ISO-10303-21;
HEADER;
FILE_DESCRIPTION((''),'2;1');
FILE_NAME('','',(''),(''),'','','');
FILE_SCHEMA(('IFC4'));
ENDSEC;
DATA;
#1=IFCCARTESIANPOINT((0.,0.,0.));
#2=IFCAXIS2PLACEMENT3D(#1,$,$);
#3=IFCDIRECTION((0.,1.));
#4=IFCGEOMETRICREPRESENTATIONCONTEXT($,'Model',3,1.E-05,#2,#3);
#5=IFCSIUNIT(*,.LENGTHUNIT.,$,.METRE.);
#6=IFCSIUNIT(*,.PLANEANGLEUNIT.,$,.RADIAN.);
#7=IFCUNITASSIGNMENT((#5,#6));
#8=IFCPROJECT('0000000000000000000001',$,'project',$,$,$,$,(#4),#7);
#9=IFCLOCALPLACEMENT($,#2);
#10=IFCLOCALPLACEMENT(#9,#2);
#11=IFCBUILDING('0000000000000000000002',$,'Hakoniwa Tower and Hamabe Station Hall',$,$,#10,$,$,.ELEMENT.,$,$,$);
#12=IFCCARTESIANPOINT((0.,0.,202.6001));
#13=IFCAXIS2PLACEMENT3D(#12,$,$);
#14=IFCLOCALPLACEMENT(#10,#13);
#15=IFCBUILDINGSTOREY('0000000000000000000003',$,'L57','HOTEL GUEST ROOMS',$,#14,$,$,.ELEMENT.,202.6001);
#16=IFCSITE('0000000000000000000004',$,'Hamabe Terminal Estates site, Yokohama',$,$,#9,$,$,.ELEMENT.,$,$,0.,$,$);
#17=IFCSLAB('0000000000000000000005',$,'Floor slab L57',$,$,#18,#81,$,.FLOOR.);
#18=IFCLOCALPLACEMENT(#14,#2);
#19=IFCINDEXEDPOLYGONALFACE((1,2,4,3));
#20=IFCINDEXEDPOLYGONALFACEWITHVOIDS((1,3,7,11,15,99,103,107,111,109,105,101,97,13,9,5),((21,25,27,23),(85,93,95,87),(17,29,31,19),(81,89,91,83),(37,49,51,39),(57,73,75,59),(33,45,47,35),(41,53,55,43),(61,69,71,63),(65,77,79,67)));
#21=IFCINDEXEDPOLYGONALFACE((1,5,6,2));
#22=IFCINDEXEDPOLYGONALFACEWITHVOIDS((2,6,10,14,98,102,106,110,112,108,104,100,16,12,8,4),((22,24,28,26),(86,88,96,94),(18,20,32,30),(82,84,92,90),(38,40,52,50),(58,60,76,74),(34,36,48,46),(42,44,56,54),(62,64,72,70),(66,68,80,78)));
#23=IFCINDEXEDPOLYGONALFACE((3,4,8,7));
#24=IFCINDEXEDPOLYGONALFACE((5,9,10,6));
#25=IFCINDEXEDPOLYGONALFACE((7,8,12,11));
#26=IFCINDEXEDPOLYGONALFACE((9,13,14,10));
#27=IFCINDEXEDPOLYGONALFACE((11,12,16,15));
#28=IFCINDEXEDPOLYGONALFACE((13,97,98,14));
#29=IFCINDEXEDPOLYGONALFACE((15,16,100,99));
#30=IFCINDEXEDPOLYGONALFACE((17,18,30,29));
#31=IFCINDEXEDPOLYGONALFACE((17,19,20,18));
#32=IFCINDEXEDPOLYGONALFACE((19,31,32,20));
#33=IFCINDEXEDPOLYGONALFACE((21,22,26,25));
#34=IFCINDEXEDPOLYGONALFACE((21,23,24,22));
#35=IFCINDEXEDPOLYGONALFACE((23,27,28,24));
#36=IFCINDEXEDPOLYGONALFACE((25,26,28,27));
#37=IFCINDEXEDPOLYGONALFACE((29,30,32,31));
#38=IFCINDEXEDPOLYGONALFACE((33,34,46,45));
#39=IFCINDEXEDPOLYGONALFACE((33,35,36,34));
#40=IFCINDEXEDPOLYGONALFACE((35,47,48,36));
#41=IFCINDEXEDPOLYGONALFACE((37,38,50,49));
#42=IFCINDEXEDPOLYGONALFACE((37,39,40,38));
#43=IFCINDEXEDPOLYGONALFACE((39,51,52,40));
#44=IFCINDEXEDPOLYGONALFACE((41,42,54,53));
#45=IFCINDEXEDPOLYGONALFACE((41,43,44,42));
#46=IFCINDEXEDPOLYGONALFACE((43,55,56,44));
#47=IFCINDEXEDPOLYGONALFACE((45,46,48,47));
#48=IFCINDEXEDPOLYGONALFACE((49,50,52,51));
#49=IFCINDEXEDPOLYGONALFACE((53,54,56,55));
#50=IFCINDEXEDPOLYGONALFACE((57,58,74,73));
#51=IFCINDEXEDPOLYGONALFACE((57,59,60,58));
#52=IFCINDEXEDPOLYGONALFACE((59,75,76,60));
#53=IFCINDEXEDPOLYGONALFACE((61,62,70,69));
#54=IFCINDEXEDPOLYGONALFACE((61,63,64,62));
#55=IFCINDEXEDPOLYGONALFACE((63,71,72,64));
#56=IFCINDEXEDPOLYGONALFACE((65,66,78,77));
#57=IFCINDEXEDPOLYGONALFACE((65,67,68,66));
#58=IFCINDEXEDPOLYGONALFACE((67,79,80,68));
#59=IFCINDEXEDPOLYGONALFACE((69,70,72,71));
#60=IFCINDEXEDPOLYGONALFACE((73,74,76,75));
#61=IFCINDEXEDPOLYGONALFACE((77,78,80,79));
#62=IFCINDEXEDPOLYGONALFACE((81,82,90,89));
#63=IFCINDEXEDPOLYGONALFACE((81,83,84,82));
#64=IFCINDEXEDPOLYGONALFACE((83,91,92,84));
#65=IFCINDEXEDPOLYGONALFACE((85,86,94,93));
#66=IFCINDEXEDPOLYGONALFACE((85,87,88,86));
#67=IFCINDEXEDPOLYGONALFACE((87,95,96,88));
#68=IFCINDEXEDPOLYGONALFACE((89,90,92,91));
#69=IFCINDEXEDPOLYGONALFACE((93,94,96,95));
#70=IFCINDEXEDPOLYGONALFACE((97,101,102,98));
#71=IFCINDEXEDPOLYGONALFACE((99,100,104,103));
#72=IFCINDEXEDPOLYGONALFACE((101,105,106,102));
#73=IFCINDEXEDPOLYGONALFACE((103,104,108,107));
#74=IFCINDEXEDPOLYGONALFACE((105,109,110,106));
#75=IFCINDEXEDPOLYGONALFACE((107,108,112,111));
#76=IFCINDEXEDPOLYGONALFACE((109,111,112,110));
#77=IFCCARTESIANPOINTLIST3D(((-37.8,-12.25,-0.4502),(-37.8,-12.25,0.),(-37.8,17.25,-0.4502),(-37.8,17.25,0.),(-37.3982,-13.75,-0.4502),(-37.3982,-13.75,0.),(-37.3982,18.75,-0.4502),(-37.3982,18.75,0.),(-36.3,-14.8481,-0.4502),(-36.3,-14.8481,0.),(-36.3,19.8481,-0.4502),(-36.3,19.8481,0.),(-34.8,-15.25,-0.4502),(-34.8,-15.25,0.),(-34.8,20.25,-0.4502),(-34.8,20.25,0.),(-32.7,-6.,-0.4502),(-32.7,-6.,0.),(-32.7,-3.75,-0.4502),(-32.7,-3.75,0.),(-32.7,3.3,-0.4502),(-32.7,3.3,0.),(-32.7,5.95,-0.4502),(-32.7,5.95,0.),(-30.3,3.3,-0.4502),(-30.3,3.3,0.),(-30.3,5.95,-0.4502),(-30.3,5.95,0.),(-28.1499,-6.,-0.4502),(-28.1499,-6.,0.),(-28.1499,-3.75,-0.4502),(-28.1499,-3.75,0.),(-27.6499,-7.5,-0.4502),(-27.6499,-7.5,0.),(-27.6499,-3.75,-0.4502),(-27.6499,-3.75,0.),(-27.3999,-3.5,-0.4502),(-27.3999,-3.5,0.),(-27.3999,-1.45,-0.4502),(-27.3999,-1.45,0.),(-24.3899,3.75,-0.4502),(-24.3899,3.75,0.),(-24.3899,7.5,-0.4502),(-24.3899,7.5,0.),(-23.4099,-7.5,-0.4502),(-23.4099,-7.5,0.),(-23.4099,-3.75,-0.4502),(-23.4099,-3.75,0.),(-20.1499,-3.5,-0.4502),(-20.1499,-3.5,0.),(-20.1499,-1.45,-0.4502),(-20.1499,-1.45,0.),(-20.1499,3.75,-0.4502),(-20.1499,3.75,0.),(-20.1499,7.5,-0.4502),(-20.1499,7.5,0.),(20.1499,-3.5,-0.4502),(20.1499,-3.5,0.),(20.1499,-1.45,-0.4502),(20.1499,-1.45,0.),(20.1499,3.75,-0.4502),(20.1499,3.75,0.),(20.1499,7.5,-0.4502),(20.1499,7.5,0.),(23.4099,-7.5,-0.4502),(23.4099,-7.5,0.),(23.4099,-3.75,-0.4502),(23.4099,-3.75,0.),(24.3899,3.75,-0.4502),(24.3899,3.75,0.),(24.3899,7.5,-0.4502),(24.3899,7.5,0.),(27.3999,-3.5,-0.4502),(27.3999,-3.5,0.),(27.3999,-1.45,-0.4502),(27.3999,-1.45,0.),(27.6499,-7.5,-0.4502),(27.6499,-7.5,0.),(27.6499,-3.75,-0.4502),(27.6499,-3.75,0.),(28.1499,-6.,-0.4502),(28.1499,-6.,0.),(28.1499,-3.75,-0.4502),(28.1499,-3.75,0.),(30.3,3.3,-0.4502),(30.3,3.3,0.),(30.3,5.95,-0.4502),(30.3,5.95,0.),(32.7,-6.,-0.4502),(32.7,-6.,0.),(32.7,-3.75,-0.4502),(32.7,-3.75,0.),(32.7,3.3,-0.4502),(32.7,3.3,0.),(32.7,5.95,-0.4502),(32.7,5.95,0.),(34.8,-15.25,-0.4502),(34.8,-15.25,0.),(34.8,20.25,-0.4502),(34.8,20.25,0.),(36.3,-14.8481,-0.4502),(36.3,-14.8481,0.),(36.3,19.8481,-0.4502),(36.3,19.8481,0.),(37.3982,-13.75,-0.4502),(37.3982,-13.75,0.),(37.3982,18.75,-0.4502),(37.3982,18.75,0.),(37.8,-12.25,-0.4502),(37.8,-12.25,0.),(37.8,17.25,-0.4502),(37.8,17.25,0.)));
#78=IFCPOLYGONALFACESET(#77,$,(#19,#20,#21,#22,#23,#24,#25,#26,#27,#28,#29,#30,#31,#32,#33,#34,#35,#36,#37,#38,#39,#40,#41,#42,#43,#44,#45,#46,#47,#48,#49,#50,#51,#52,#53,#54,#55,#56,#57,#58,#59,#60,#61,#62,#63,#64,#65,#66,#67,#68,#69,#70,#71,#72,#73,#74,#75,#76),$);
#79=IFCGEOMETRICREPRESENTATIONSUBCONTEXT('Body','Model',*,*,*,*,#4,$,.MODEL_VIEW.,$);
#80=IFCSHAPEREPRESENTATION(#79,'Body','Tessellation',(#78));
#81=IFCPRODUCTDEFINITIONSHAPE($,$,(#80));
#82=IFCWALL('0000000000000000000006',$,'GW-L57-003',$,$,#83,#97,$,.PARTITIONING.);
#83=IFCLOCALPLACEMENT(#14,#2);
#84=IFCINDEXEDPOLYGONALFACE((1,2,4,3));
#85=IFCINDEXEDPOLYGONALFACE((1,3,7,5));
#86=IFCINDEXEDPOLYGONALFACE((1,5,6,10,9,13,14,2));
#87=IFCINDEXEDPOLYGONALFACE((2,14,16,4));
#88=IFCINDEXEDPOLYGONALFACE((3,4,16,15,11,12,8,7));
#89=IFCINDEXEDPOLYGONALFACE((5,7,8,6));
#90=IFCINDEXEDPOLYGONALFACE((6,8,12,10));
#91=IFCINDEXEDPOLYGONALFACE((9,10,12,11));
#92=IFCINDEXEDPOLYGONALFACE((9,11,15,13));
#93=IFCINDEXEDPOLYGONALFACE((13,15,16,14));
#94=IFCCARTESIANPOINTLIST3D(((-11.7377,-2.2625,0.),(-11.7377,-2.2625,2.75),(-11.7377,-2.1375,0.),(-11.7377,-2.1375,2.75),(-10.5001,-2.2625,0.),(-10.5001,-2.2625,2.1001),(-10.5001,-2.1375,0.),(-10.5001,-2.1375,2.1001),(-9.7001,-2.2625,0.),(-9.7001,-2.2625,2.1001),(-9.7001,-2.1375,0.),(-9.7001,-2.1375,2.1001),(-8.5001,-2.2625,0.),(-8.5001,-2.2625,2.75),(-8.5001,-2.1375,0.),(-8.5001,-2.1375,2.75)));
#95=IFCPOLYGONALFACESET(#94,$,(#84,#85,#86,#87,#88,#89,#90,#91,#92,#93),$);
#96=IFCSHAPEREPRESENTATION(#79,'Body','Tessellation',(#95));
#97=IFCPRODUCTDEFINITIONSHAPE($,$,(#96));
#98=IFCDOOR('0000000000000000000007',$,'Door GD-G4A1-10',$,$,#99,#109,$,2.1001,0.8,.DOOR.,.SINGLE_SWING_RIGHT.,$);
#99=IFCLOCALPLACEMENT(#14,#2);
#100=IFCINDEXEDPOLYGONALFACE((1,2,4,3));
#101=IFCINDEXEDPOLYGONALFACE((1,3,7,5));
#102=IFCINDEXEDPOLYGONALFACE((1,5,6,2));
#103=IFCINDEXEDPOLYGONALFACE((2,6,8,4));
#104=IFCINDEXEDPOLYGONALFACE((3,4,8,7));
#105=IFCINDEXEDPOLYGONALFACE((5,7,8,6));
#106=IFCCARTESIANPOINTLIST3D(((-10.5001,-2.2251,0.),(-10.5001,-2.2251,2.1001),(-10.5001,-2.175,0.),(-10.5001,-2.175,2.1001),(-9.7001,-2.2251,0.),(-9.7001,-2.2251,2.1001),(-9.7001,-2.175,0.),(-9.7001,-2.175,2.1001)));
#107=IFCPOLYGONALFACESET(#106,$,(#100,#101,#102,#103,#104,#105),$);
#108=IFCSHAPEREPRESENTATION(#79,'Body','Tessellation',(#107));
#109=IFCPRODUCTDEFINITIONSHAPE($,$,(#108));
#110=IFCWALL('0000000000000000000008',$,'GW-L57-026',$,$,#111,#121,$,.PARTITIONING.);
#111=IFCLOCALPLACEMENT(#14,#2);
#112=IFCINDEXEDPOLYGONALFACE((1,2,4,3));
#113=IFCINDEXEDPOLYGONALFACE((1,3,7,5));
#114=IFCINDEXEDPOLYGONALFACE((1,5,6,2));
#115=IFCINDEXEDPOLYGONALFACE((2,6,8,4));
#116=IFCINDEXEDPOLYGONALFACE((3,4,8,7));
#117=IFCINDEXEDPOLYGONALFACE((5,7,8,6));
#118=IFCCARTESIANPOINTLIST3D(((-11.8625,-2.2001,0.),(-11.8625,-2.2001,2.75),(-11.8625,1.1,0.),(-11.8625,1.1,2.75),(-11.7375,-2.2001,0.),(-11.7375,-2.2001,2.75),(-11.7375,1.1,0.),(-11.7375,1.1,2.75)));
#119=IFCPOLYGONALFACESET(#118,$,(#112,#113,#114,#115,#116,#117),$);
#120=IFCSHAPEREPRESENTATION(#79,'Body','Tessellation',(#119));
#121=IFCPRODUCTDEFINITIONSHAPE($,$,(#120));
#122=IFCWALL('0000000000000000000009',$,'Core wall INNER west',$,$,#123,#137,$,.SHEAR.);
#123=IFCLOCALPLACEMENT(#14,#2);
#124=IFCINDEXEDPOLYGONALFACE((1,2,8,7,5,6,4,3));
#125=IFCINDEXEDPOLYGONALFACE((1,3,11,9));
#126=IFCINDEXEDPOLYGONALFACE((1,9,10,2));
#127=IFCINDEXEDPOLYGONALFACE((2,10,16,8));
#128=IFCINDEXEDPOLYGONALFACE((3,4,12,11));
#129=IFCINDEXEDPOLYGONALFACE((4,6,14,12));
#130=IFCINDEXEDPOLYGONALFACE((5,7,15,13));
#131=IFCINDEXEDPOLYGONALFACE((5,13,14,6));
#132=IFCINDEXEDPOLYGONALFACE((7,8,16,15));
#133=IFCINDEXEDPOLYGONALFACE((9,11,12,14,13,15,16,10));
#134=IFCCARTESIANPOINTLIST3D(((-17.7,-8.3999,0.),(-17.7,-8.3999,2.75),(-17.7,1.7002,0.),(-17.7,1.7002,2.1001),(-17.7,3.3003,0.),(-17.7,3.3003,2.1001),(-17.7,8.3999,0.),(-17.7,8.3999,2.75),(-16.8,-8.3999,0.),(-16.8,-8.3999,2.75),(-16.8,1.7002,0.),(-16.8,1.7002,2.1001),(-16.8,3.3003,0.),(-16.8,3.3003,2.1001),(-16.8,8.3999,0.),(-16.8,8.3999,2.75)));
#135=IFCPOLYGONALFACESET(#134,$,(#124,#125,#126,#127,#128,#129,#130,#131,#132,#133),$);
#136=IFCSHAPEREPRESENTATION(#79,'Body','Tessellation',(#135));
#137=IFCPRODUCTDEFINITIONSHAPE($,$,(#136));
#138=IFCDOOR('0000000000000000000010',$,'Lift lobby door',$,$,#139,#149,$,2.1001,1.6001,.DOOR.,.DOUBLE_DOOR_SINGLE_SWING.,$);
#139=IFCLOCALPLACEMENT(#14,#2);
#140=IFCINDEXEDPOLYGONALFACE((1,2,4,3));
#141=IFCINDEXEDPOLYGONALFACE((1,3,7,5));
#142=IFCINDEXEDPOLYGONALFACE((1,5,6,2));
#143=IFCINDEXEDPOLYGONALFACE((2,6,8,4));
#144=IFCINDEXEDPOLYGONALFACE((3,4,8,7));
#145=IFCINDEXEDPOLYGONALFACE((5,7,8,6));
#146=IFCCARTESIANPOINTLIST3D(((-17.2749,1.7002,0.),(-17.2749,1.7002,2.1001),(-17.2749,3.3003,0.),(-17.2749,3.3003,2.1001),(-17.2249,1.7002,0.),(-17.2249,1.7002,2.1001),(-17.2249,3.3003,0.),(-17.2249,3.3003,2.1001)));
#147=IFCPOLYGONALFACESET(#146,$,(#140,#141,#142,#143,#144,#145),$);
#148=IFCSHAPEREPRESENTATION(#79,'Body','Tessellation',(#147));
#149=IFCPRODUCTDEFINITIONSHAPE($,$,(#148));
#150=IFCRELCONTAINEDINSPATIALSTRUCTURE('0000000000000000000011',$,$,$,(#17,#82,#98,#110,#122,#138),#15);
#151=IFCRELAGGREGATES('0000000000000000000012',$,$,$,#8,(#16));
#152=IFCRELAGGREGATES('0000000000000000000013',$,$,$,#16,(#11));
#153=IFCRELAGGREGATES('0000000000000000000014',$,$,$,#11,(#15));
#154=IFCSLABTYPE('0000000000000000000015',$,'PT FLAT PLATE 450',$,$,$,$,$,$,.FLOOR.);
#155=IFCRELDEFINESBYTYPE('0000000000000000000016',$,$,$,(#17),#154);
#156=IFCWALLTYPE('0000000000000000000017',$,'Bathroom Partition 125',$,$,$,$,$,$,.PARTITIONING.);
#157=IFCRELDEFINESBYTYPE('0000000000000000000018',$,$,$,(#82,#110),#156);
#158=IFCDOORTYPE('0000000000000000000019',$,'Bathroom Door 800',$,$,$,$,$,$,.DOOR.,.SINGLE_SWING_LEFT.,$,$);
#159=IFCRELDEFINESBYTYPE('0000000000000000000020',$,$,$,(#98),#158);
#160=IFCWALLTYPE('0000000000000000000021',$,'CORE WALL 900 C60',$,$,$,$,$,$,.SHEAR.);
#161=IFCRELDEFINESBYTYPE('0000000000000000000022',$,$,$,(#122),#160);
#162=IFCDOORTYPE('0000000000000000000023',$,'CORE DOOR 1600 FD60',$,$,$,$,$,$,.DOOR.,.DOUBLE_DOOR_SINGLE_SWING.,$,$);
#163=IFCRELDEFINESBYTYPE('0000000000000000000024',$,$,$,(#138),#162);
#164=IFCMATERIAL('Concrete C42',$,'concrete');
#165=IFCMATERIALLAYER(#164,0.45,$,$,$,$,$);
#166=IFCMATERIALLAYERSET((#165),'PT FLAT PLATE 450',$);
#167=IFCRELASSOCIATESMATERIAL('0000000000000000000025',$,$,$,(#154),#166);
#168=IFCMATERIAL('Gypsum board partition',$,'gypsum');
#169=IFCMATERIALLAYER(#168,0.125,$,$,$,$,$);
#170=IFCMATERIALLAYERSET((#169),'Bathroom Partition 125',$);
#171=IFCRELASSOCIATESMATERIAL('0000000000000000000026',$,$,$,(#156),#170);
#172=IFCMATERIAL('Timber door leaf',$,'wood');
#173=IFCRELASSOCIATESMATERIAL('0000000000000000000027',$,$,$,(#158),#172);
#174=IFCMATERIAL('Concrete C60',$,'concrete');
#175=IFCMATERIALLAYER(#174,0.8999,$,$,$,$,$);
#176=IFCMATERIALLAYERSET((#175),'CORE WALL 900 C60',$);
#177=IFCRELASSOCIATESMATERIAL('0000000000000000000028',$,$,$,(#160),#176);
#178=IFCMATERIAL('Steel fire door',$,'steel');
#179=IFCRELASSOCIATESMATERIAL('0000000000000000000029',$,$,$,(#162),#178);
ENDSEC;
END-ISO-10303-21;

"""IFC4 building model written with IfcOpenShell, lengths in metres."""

from ifc_helpers import new_model, si_unit, direction, frame, frame_2d, origin, place, context, subcontext, project, spatial, polyline, rectangle, outline, extrude, material, layer, layer_set, type_object, element, fill, save


model = new_model("IFC4")

# Units and contexts
model_context = context("Model", 3, precision=1e-05, world=origin(), true_north=direction((0.0, 1.0)))
body_context = subcontext(model_context, "Body", "Model", "MODEL_VIEW")
ifc_project = project(units=[si_unit("LENGTHUNIT", "METRE"), si_unit("PLANEANGLEUNIT", "RADIAN")], contexts=[model_context])

# Site, building, storey
site_placement = place(None, origin())
site = spatial("IfcSite", under=ifc_project, at=site_placement, Name="Hamabe Terminal Estates site, Yokohama", CompositionType="ELEMENT", RefElevation=0.0)
building_placement = place(site_placement, origin())
building = spatial("IfcBuilding", under=site, at=building_placement, Name="Hakoniwa Tower and Hamabe Station Hall", CompositionType="ELEMENT")
storey_placement = place(building_placement, frame((0.0, 0.0, 202.6001)))
storey = spatial("IfcBuildingStorey", under=building, at=storey_placement, Name="L57", Description="HOTEL GUEST ROOMS", CompositionType="ELEMENT", Elevation=202.6001)

# Slab
ifc_material_1 = material(Name="Concrete C42", Category="concrete")
ifc_layer_1 = layer(ifc_material_1, 0.45)
ifc_layer_set_1 = layer_set([ifc_layer_1], Name="PT FLAT PLATE 450")
slab_type = type_object("IfcSlabType", Name="PT FLAT PLATE 450", PredefinedType="FLOOR", material=ifc_layer_set_1)
slab_placement = place(storey_placement, frame((0.0, 0.0, -0.4502)))
element("IfcSlab", 1, at=slab_placement, inside=storey, type_object=slab_type, Name="Floor slab L57", PredefinedType="FLOOR", context=body_context, shape_type="SweptSolid", body=[
    extrude(outline(polyline([(37.8, -12.25), (37.8, 17.25), (37.3982, 18.75), (36.3, 19.8481), (34.8, 20.25), (-34.8, 20.25), (-36.3, 19.8481), (-37.3982, 18.75), (-37.8, 17.25), (-37.8, -12.25), (-37.3982, -13.75), (-36.3, -14.8481), (-34.8, -15.25), (34.8, -15.25), (36.3, -14.8481), (37.3982, -13.75), (37.8, -12.25)]), holes=[polyline([(-27.3999, -3.5), (-27.3999, -1.45), (-20.1499, -1.45), (-20.1499, -3.5), (-27.3999, -3.5)]), polyline([(-32.7, 3.3), (-32.7, 5.95), (-30.3, 5.95), (-30.3, 3.3), (-32.7, 3.3)]), polyline([(-32.7, -6.0), (-32.7, -3.75), (-28.1499, -3.75), (-28.1499, -6.0), (-32.7, -6.0)]), polyline([(-24.3899, 3.75), (-24.3899, 7.5), (-20.1499, 7.5), (-20.1499, 3.75), (-24.3899, 3.75)]), polyline([(-27.6499, -7.5), (-27.6499, -3.75), (-23.4099, -3.75), (-23.4099, -7.5), (-27.6499, -7.5)]), polyline([(20.1499, -3.5), (20.1499, -1.45), (27.3999, -1.45), (27.3999, -3.5), (20.1499, -3.5)]), polyline([(30.3, 3.3), (30.3, 5.95), (32.7, 5.95), (32.7, 3.3), (30.3, 3.3)]), polyline([(28.1499, -6.0), (28.1499, -3.75), (32.7, -3.75), (32.7, -6.0), (28.1499, -6.0)]), polyline([(20.1499, 3.75), (20.1499, 7.5), (24.3899, 7.5), (24.3899, 3.75), (20.1499, 3.75)]), polyline([(23.4099, -7.5), (23.4099, -3.75), (27.6499, -3.75), (27.6499, -7.5), (23.4099, -7.5)])]), origin(), (0.0, 0.0, 1.0), 0.4502),
])

# Wall, opening, door
ifc_material_2 = material(Name="Gypsum board partition", Category="gypsum")
ifc_layer_2 = layer(ifc_material_2, 0.125)
ifc_layer_set_2 = layer_set([ifc_layer_2], Name="Bathroom Partition 125")
wall_type_1 = type_object("IfcWallType", Name="Bathroom Partition 125", PredefinedType="PARTITIONING", material=ifc_layer_set_2)
wall_1_placement = place(storey_placement, frame((-11.7375, -2.2, 0.0), z_axis=(0.0, 0.0, 1.0), x_axis=(1.0, 0.0, 0.0)))
wall_1 = element("IfcWall", 2, at=wall_1_placement, inside=storey, type_object=wall_type_1, Name="GW-L57-003", PredefinedType="PARTITIONING", context=body_context, shape_type="SweptSolid", body=[
    extrude(rectangle(XDim=3.2375, YDim=0.125, at=frame_2d((1.6187, 0.0))), origin(), (0.0, 0.0, 1.0), 2.75),
])
opening_1_placement = place(wall_1_placement, frame((1.2375, 0.0, 0.0)))
opening_1 = element("IfcOpeningElement", 3, at=opening_1_placement, cuts=wall_1, PredefinedType="OPENING", context=body_context, shape_type="SweptSolid", body=[
    extrude(rectangle(XDim=0.8, YDim=2.1001, at=frame_2d((0.3999, 1.05))), frame((0.0, 0.0725, 0.0), z_axis=(0.0, -1.0, 0.0), x_axis=(1.0, 0.0, 0.0)), (0.0, 0.0, 1.0), 0.145),
])
ifc_material_3 = material(Name="Timber door leaf", Category="wood")
door_type_1 = type_object("IfcDoorType", Name="Bathroom Door 800", OperationType="SINGLE_SWING_LEFT", PredefinedType="DOOR", material=ifc_material_3)
door_1_placement = place(opening_1_placement, origin())
door_1 = element("IfcDoor", 4, at=door_1_placement, inside=storey, type_object=door_type_1, Name="Door GD-G4A1-10", OperationType="SINGLE_SWING_RIGHT", OverallHeight=2.1001, OverallWidth=0.8, PredefinedType="DOOR", context=body_context, shape_type="SweptSolid", body=[
    extrude(rectangle(XDim=0.8, YDim=2.1001, at=frame_2d((0.3999, 1.05))), frame((0.0, 0.0249, 0.0), z_axis=(0.0, -1.0, 0.0), x_axis=(1.0, 0.0, 0.0)), (0.0, 0.0, 1.0), 0.05),
])
fill(opening_1, door_1)

# Wall
wall_2_placement = place(storey_placement, frame((-11.8, -2.2, 0.0), z_axis=(0.0, 0.0, 1.0), x_axis=(0.0, 1.0, 0.0)))
element("IfcWall", 5, at=wall_2_placement, inside=storey, type_object=wall_type_1, Name="GW-L57-026", PredefinedType="PARTITIONING", context=body_context, shape_type="SweptSolid", body=[
    extrude(rectangle(XDim=3.3, YDim=0.125, at=frame_2d((1.6499, 0.0))), origin(), (0.0, 0.0, 1.0), 2.75),
])

# Wall, opening, door
ifc_material_4 = material(Name="Concrete C60", Category="concrete")
ifc_layer_3 = layer(ifc_material_4, 0.8999)
ifc_layer_set_3 = layer_set([ifc_layer_3], Name="CORE WALL 900 C60")
wall_type_2 = type_object("IfcWallType", Name="CORE WALL 900 C60", PredefinedType="SHEAR", material=ifc_layer_set_3)
wall_3_placement = place(storey_placement, frame((-17.25, -8.3999, 0.0), z_axis=(0.0, 0.0, 1.0), x_axis=(0.0, 1.0, 0.0)))
wall_3 = element("IfcWall", 6, at=wall_3_placement, inside=storey, type_object=wall_type_2, Name="Core wall INNER west", PredefinedType="SHEAR", context=body_context, shape_type="SweptSolid", body=[
    extrude(rectangle(XDim=16.7998, YDim=0.8999, at=frame_2d((8.3999, 0.0))), origin(), (0.0, 0.0, 1.0), 2.75),
])
opening_2_placement = place(wall_3_placement, frame((10.1001, 0.0, 0.0)))
opening_2 = element("IfcOpeningElement", 7, at=opening_2_placement, cuts=wall_3, PredefinedType="OPENING", context=body_context, shape_type="SweptSolid", body=[
    extrude(rectangle(XDim=1.6001, YDim=2.1001, at=frame_2d((0.8, 1.05))), frame((0.0, 0.46, 0.0), z_axis=(0.0, -1.0, 0.0), x_axis=(1.0, 0.0, 0.0)), (0.0, 0.0, 1.0), 0.9199),
])
ifc_material_5 = material(Name="Steel fire door", Category="steel")
door_type_2 = type_object("IfcDoorType", Name="CORE DOOR 1600 FD60", OperationType="DOUBLE_DOOR_SINGLE_SWING", PredefinedType="DOOR", material=ifc_material_5)
door_2_placement = place(opening_2_placement, origin())
door_2 = element("IfcDoor", 8, at=door_2_placement, inside=storey, type_object=door_type_2, Name="Lift lobby door", OperationType="DOUBLE_DOOR_SINGLE_SWING", OverallHeight=2.1001, OverallWidth=1.6001, PredefinedType="DOOR", context=body_context, shape_type="SweptSolid", body=[
    extrude(rectangle(XDim=1.6001, YDim=2.1001, at=frame_2d((0.8, 1.05))), frame((0.0, 0.0249, 0.0), z_axis=(0.0, -1.0, 0.0), x_axis=(1.0, 0.0, 0.0)), (0.0, 0.0, 1.0), 0.05),
])
fill(opening_2, door_2)

save(model, "model.ifc")
